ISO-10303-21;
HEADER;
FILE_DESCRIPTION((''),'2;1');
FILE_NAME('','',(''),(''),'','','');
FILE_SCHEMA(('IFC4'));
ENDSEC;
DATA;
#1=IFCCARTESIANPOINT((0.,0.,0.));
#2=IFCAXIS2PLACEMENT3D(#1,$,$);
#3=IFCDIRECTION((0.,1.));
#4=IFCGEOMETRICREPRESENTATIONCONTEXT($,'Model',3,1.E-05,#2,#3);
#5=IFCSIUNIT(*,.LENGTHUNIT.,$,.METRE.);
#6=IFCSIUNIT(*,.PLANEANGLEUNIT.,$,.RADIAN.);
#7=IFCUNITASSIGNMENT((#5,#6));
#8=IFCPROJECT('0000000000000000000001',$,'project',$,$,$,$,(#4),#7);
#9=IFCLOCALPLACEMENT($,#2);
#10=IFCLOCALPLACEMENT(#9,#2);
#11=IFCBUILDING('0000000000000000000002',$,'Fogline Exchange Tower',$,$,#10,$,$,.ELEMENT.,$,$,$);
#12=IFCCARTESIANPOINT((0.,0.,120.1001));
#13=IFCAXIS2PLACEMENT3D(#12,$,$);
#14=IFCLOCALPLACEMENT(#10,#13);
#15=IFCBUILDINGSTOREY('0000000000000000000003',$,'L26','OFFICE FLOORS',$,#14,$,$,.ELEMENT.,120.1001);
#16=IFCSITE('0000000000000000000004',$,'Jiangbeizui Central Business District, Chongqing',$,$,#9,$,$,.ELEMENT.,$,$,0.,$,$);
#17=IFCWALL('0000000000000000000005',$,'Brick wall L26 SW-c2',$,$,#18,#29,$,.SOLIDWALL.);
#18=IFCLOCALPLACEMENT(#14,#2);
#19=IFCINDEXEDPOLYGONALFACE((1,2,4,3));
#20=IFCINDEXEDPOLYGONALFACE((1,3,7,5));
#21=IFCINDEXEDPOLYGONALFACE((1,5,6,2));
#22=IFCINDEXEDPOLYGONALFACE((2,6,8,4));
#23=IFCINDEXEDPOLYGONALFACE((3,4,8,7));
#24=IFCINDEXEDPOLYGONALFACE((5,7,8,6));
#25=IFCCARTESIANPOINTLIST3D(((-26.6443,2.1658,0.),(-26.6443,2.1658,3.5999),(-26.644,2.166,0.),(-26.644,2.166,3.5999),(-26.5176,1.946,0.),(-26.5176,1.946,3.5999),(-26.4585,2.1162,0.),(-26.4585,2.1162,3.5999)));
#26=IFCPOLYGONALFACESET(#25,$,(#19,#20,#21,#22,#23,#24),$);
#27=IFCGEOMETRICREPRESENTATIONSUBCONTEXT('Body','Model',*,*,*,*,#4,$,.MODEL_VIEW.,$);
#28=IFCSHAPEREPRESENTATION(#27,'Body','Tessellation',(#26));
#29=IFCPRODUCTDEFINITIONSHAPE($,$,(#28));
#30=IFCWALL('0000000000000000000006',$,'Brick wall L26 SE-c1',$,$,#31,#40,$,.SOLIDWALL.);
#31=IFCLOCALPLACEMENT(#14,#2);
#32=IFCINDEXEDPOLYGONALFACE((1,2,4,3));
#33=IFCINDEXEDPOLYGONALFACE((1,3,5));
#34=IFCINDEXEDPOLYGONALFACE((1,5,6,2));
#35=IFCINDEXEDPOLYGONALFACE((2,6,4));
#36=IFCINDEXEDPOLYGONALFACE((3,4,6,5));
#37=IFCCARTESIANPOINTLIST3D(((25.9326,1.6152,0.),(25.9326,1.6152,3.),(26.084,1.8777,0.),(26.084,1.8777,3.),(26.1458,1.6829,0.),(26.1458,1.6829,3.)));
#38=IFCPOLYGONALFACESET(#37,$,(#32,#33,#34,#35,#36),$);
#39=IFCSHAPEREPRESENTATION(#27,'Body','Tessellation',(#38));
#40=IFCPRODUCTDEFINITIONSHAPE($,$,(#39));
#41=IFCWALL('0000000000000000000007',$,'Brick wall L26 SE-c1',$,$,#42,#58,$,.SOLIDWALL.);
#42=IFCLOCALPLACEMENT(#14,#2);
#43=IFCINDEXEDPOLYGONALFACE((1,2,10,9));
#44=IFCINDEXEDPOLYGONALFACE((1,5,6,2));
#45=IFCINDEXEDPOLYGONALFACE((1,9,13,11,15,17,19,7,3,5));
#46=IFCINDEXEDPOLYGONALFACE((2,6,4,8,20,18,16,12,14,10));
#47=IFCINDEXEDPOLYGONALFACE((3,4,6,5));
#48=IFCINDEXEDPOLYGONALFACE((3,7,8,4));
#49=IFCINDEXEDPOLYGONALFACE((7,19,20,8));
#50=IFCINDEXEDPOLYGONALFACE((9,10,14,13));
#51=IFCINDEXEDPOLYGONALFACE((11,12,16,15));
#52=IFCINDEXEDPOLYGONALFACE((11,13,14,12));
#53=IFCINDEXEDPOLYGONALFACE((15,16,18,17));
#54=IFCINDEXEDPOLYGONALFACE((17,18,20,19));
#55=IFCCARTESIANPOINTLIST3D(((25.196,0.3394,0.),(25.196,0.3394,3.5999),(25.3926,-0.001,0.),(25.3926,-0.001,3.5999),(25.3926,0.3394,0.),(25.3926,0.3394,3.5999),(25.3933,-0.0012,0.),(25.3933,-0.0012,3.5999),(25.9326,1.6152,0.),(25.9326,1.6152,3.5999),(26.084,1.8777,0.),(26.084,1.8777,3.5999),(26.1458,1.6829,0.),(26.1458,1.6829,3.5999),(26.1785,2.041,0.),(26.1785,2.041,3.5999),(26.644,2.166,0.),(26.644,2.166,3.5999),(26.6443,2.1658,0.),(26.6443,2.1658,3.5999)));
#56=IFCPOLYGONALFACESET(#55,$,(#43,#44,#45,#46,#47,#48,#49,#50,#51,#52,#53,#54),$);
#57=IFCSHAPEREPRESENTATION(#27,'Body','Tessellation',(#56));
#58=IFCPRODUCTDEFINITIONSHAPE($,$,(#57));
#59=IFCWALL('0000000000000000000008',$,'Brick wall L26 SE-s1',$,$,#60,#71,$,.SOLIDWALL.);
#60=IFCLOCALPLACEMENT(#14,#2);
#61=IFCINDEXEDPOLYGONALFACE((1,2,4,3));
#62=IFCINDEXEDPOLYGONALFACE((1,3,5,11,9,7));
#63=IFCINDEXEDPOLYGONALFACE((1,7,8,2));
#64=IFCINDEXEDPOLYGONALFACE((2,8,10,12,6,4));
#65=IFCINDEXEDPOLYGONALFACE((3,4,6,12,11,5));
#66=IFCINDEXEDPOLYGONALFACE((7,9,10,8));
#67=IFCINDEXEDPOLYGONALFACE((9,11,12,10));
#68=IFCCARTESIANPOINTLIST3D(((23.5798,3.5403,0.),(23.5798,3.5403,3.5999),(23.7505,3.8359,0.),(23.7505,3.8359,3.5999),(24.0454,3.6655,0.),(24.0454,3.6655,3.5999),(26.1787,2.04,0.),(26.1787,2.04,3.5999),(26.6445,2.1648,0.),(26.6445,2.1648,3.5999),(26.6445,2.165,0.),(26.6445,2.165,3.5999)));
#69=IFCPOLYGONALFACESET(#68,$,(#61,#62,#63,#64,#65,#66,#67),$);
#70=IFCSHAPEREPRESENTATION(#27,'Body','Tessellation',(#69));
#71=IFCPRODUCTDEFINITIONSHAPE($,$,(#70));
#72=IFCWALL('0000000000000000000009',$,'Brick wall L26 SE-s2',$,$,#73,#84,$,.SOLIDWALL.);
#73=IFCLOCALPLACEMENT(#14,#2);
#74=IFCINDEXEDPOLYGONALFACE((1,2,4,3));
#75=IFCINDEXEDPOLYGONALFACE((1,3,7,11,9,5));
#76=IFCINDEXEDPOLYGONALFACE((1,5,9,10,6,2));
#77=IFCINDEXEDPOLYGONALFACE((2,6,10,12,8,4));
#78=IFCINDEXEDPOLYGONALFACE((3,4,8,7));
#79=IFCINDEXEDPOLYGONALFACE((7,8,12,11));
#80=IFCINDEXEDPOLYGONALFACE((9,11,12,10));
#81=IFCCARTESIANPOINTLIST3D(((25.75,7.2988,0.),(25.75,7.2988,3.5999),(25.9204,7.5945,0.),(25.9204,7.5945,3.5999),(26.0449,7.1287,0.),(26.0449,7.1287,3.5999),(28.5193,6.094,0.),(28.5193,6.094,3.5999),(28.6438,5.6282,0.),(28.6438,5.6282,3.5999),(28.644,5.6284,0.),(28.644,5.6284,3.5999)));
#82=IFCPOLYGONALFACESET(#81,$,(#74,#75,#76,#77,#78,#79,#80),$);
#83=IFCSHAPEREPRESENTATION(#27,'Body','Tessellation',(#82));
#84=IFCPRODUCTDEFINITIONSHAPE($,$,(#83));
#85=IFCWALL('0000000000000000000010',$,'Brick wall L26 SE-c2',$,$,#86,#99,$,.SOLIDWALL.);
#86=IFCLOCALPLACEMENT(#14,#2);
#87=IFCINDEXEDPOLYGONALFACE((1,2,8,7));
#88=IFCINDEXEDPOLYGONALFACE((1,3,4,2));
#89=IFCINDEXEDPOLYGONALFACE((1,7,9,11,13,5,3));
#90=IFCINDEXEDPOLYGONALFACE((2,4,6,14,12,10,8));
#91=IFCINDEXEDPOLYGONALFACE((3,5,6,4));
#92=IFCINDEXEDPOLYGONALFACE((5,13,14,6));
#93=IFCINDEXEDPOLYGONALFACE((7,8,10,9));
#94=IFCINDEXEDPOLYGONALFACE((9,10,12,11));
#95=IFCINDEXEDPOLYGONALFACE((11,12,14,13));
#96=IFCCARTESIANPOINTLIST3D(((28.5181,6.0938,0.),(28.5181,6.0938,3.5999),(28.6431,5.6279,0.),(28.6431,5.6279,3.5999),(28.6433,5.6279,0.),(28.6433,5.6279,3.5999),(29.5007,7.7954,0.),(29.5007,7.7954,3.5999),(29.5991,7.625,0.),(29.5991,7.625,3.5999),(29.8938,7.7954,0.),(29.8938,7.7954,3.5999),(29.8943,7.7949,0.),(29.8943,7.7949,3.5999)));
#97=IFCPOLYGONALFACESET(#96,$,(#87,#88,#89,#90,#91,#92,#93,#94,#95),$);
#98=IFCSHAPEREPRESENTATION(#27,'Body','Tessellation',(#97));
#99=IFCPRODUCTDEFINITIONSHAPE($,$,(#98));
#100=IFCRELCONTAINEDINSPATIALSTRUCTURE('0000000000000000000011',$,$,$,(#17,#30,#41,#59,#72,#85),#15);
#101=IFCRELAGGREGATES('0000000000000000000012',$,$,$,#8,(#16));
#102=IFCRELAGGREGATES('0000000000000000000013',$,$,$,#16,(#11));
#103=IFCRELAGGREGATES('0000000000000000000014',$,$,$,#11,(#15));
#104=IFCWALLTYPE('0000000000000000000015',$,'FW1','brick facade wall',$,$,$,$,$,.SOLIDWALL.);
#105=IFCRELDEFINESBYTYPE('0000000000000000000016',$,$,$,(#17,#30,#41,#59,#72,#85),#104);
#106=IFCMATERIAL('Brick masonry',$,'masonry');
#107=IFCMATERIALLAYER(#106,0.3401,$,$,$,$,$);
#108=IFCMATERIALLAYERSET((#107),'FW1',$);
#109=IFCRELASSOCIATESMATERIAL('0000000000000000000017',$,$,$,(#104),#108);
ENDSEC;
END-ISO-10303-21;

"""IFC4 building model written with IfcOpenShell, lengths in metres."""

from ifc_helpers import new_model, si_unit, direction, frame, origin, place, context, subcontext, project, spatial, polyline, outline, extrude, material, layer, layer_set, type_object, element, save


model = new_model("IFC4")

# Units and contexts
model_context = context("Model", 3, precision=1e-05, world=origin(), true_north=direction((0.0, 1.0)))
body_context = subcontext(model_context, "Body", "Model", "MODEL_VIEW")
ifc_project = project(units=[si_unit("LENGTHUNIT", "METRE"), si_unit("PLANEANGLEUNIT", "RADIAN")], contexts=[model_context])

# Site, building, storey
site_placement = place(None, origin())
site = spatial("IfcSite", under=ifc_project, at=site_placement, Name="Jiangbeizui Central Business District, Chongqing", CompositionType="ELEMENT", RefElevation=0.0)
building_placement = place(site_placement, origin())
building = spatial("IfcBuilding", under=site, at=building_placement, Name="Fogline Exchange Tower", CompositionType="ELEMENT")
storey_placement = place(building_placement, frame((0.0, 0.0, 120.1001)))
storey = spatial("IfcBuildingStorey", under=building, at=storey_placement, Name="L26", Description="OFFICE FLOORS", CompositionType="ELEMENT", Elevation=120.1001)

# Walls
ifc_material_1 = material(Name="Brick masonry", Category="masonry")
ifc_layer_1 = layer(ifc_material_1, 0.3401)
ifc_layer_set_1 = layer_set([ifc_layer_1], Name="FW1")
wall_type_1 = type_object("IfcWallType", Name="FW1", Description="brick facade wall", PredefinedType="SOLIDWALL", material=ifc_layer_set_1)
wall_1_placement = place(storey_placement, origin())
element("IfcWall", 1, at=wall_1_placement, inside=storey, type_object=wall_type_1, Name="Brick wall L26 SW-c2", PredefinedType="SOLIDWALL", context=body_context, shape_type="SweptSolid", body=[
    extrude(outline(polyline([(-26.6443, 2.1658), (-26.644, 2.166), (-26.4585, 2.1162), (-26.5176, 1.946), (-26.6443, 2.1658)])), origin(), (0.0, 0.0, 1.0), 3.5999),
])
wall_2_placement = place(storey_placement, origin())
element("IfcWall", 2, at=wall_2_placement, inside=storey, type_object=wall_type_1, Name="Brick wall L26 SE-c1", PredefinedType="SOLIDWALL", context=body_context, shape_type="SweptSolid", body=[
    extrude(outline(polyline([(26.084, 1.8777), (26.1458, 1.6829), (25.9326, 1.6152), (26.084, 1.8777)])), origin(), (0.0, 0.0, 1.0), 3.0),
])
wall_3_placement = place(storey_placement, origin())
element("IfcWall", 3, at=wall_3_placement, inside=storey, type_object=wall_type_1, Name="Brick wall L26 SE-c1", PredefinedType="SOLIDWALL", context=body_context, shape_type="SweptSolid", body=[
    extrude(outline(polyline([(25.3933, -0.0012), (25.3926, -0.001), (25.3926, 0.3394), (25.196, 0.3394), (25.9326, 1.6152), (26.1458, 1.6829), (26.084, 1.8777), (26.1785, 2.041), (26.644, 2.166), (26.6443, 2.1658), (25.3933, -0.0012)])), origin(), (0.0, 0.0, 1.0), 3.5999),
])
wall_4_placement = place(storey_placement, origin())
element("IfcWall", 4, at=wall_4_placement, inside=storey, type_object=wall_type_1, Name="Brick wall L26 SE-s1", PredefinedType="SOLIDWALL", context=body_context, shape_type="SweptSolid", body=[
    extrude(outline(polyline([(23.5798, 3.5403), (23.7505, 3.8359), (24.0454, 3.6655), (26.6445, 2.165), (26.6445, 2.1648), (26.1787, 2.04), (23.5798, 3.5403)])), origin(), (0.0, 0.0, 1.0), 3.5999),
])
wall_5_placement = place(storey_placement, origin())
element("IfcWall", 5, at=wall_5_placement, inside=storey, type_object=wall_type_1, Name="Brick wall L26 SE-s2", PredefinedType="SOLIDWALL", context=body_context, shape_type="SweptSolid", body=[
    extrude(outline(polyline([(28.6438, 5.6282), (26.0449, 7.1287), (25.75, 7.2988), (25.9204, 7.5945), (28.5193, 6.094), (28.644, 5.6284), (28.6438, 5.6282)])), origin(), (0.0, 0.0, 1.0), 3.5999),
])
wall_6_placement = place(storey_placement, origin())
element("IfcWall", 6, at=wall_6_placement, inside=storey, type_object=wall_type_1, Name="Brick wall L26 SE-c2", PredefinedType="SOLIDWALL", context=body_context, shape_type="SweptSolid", body=[
    extrude(outline(polyline([(29.5007, 7.7954), (29.5991, 7.625), (29.8938, 7.7954), (29.8943, 7.7949), (28.6433, 5.6279), (28.6431, 5.6279), (28.5181, 6.0938), (29.5007, 7.7954)])), origin(), (0.0, 0.0, 1.0), 3.5999),
])

save(model, "model.ifc")
